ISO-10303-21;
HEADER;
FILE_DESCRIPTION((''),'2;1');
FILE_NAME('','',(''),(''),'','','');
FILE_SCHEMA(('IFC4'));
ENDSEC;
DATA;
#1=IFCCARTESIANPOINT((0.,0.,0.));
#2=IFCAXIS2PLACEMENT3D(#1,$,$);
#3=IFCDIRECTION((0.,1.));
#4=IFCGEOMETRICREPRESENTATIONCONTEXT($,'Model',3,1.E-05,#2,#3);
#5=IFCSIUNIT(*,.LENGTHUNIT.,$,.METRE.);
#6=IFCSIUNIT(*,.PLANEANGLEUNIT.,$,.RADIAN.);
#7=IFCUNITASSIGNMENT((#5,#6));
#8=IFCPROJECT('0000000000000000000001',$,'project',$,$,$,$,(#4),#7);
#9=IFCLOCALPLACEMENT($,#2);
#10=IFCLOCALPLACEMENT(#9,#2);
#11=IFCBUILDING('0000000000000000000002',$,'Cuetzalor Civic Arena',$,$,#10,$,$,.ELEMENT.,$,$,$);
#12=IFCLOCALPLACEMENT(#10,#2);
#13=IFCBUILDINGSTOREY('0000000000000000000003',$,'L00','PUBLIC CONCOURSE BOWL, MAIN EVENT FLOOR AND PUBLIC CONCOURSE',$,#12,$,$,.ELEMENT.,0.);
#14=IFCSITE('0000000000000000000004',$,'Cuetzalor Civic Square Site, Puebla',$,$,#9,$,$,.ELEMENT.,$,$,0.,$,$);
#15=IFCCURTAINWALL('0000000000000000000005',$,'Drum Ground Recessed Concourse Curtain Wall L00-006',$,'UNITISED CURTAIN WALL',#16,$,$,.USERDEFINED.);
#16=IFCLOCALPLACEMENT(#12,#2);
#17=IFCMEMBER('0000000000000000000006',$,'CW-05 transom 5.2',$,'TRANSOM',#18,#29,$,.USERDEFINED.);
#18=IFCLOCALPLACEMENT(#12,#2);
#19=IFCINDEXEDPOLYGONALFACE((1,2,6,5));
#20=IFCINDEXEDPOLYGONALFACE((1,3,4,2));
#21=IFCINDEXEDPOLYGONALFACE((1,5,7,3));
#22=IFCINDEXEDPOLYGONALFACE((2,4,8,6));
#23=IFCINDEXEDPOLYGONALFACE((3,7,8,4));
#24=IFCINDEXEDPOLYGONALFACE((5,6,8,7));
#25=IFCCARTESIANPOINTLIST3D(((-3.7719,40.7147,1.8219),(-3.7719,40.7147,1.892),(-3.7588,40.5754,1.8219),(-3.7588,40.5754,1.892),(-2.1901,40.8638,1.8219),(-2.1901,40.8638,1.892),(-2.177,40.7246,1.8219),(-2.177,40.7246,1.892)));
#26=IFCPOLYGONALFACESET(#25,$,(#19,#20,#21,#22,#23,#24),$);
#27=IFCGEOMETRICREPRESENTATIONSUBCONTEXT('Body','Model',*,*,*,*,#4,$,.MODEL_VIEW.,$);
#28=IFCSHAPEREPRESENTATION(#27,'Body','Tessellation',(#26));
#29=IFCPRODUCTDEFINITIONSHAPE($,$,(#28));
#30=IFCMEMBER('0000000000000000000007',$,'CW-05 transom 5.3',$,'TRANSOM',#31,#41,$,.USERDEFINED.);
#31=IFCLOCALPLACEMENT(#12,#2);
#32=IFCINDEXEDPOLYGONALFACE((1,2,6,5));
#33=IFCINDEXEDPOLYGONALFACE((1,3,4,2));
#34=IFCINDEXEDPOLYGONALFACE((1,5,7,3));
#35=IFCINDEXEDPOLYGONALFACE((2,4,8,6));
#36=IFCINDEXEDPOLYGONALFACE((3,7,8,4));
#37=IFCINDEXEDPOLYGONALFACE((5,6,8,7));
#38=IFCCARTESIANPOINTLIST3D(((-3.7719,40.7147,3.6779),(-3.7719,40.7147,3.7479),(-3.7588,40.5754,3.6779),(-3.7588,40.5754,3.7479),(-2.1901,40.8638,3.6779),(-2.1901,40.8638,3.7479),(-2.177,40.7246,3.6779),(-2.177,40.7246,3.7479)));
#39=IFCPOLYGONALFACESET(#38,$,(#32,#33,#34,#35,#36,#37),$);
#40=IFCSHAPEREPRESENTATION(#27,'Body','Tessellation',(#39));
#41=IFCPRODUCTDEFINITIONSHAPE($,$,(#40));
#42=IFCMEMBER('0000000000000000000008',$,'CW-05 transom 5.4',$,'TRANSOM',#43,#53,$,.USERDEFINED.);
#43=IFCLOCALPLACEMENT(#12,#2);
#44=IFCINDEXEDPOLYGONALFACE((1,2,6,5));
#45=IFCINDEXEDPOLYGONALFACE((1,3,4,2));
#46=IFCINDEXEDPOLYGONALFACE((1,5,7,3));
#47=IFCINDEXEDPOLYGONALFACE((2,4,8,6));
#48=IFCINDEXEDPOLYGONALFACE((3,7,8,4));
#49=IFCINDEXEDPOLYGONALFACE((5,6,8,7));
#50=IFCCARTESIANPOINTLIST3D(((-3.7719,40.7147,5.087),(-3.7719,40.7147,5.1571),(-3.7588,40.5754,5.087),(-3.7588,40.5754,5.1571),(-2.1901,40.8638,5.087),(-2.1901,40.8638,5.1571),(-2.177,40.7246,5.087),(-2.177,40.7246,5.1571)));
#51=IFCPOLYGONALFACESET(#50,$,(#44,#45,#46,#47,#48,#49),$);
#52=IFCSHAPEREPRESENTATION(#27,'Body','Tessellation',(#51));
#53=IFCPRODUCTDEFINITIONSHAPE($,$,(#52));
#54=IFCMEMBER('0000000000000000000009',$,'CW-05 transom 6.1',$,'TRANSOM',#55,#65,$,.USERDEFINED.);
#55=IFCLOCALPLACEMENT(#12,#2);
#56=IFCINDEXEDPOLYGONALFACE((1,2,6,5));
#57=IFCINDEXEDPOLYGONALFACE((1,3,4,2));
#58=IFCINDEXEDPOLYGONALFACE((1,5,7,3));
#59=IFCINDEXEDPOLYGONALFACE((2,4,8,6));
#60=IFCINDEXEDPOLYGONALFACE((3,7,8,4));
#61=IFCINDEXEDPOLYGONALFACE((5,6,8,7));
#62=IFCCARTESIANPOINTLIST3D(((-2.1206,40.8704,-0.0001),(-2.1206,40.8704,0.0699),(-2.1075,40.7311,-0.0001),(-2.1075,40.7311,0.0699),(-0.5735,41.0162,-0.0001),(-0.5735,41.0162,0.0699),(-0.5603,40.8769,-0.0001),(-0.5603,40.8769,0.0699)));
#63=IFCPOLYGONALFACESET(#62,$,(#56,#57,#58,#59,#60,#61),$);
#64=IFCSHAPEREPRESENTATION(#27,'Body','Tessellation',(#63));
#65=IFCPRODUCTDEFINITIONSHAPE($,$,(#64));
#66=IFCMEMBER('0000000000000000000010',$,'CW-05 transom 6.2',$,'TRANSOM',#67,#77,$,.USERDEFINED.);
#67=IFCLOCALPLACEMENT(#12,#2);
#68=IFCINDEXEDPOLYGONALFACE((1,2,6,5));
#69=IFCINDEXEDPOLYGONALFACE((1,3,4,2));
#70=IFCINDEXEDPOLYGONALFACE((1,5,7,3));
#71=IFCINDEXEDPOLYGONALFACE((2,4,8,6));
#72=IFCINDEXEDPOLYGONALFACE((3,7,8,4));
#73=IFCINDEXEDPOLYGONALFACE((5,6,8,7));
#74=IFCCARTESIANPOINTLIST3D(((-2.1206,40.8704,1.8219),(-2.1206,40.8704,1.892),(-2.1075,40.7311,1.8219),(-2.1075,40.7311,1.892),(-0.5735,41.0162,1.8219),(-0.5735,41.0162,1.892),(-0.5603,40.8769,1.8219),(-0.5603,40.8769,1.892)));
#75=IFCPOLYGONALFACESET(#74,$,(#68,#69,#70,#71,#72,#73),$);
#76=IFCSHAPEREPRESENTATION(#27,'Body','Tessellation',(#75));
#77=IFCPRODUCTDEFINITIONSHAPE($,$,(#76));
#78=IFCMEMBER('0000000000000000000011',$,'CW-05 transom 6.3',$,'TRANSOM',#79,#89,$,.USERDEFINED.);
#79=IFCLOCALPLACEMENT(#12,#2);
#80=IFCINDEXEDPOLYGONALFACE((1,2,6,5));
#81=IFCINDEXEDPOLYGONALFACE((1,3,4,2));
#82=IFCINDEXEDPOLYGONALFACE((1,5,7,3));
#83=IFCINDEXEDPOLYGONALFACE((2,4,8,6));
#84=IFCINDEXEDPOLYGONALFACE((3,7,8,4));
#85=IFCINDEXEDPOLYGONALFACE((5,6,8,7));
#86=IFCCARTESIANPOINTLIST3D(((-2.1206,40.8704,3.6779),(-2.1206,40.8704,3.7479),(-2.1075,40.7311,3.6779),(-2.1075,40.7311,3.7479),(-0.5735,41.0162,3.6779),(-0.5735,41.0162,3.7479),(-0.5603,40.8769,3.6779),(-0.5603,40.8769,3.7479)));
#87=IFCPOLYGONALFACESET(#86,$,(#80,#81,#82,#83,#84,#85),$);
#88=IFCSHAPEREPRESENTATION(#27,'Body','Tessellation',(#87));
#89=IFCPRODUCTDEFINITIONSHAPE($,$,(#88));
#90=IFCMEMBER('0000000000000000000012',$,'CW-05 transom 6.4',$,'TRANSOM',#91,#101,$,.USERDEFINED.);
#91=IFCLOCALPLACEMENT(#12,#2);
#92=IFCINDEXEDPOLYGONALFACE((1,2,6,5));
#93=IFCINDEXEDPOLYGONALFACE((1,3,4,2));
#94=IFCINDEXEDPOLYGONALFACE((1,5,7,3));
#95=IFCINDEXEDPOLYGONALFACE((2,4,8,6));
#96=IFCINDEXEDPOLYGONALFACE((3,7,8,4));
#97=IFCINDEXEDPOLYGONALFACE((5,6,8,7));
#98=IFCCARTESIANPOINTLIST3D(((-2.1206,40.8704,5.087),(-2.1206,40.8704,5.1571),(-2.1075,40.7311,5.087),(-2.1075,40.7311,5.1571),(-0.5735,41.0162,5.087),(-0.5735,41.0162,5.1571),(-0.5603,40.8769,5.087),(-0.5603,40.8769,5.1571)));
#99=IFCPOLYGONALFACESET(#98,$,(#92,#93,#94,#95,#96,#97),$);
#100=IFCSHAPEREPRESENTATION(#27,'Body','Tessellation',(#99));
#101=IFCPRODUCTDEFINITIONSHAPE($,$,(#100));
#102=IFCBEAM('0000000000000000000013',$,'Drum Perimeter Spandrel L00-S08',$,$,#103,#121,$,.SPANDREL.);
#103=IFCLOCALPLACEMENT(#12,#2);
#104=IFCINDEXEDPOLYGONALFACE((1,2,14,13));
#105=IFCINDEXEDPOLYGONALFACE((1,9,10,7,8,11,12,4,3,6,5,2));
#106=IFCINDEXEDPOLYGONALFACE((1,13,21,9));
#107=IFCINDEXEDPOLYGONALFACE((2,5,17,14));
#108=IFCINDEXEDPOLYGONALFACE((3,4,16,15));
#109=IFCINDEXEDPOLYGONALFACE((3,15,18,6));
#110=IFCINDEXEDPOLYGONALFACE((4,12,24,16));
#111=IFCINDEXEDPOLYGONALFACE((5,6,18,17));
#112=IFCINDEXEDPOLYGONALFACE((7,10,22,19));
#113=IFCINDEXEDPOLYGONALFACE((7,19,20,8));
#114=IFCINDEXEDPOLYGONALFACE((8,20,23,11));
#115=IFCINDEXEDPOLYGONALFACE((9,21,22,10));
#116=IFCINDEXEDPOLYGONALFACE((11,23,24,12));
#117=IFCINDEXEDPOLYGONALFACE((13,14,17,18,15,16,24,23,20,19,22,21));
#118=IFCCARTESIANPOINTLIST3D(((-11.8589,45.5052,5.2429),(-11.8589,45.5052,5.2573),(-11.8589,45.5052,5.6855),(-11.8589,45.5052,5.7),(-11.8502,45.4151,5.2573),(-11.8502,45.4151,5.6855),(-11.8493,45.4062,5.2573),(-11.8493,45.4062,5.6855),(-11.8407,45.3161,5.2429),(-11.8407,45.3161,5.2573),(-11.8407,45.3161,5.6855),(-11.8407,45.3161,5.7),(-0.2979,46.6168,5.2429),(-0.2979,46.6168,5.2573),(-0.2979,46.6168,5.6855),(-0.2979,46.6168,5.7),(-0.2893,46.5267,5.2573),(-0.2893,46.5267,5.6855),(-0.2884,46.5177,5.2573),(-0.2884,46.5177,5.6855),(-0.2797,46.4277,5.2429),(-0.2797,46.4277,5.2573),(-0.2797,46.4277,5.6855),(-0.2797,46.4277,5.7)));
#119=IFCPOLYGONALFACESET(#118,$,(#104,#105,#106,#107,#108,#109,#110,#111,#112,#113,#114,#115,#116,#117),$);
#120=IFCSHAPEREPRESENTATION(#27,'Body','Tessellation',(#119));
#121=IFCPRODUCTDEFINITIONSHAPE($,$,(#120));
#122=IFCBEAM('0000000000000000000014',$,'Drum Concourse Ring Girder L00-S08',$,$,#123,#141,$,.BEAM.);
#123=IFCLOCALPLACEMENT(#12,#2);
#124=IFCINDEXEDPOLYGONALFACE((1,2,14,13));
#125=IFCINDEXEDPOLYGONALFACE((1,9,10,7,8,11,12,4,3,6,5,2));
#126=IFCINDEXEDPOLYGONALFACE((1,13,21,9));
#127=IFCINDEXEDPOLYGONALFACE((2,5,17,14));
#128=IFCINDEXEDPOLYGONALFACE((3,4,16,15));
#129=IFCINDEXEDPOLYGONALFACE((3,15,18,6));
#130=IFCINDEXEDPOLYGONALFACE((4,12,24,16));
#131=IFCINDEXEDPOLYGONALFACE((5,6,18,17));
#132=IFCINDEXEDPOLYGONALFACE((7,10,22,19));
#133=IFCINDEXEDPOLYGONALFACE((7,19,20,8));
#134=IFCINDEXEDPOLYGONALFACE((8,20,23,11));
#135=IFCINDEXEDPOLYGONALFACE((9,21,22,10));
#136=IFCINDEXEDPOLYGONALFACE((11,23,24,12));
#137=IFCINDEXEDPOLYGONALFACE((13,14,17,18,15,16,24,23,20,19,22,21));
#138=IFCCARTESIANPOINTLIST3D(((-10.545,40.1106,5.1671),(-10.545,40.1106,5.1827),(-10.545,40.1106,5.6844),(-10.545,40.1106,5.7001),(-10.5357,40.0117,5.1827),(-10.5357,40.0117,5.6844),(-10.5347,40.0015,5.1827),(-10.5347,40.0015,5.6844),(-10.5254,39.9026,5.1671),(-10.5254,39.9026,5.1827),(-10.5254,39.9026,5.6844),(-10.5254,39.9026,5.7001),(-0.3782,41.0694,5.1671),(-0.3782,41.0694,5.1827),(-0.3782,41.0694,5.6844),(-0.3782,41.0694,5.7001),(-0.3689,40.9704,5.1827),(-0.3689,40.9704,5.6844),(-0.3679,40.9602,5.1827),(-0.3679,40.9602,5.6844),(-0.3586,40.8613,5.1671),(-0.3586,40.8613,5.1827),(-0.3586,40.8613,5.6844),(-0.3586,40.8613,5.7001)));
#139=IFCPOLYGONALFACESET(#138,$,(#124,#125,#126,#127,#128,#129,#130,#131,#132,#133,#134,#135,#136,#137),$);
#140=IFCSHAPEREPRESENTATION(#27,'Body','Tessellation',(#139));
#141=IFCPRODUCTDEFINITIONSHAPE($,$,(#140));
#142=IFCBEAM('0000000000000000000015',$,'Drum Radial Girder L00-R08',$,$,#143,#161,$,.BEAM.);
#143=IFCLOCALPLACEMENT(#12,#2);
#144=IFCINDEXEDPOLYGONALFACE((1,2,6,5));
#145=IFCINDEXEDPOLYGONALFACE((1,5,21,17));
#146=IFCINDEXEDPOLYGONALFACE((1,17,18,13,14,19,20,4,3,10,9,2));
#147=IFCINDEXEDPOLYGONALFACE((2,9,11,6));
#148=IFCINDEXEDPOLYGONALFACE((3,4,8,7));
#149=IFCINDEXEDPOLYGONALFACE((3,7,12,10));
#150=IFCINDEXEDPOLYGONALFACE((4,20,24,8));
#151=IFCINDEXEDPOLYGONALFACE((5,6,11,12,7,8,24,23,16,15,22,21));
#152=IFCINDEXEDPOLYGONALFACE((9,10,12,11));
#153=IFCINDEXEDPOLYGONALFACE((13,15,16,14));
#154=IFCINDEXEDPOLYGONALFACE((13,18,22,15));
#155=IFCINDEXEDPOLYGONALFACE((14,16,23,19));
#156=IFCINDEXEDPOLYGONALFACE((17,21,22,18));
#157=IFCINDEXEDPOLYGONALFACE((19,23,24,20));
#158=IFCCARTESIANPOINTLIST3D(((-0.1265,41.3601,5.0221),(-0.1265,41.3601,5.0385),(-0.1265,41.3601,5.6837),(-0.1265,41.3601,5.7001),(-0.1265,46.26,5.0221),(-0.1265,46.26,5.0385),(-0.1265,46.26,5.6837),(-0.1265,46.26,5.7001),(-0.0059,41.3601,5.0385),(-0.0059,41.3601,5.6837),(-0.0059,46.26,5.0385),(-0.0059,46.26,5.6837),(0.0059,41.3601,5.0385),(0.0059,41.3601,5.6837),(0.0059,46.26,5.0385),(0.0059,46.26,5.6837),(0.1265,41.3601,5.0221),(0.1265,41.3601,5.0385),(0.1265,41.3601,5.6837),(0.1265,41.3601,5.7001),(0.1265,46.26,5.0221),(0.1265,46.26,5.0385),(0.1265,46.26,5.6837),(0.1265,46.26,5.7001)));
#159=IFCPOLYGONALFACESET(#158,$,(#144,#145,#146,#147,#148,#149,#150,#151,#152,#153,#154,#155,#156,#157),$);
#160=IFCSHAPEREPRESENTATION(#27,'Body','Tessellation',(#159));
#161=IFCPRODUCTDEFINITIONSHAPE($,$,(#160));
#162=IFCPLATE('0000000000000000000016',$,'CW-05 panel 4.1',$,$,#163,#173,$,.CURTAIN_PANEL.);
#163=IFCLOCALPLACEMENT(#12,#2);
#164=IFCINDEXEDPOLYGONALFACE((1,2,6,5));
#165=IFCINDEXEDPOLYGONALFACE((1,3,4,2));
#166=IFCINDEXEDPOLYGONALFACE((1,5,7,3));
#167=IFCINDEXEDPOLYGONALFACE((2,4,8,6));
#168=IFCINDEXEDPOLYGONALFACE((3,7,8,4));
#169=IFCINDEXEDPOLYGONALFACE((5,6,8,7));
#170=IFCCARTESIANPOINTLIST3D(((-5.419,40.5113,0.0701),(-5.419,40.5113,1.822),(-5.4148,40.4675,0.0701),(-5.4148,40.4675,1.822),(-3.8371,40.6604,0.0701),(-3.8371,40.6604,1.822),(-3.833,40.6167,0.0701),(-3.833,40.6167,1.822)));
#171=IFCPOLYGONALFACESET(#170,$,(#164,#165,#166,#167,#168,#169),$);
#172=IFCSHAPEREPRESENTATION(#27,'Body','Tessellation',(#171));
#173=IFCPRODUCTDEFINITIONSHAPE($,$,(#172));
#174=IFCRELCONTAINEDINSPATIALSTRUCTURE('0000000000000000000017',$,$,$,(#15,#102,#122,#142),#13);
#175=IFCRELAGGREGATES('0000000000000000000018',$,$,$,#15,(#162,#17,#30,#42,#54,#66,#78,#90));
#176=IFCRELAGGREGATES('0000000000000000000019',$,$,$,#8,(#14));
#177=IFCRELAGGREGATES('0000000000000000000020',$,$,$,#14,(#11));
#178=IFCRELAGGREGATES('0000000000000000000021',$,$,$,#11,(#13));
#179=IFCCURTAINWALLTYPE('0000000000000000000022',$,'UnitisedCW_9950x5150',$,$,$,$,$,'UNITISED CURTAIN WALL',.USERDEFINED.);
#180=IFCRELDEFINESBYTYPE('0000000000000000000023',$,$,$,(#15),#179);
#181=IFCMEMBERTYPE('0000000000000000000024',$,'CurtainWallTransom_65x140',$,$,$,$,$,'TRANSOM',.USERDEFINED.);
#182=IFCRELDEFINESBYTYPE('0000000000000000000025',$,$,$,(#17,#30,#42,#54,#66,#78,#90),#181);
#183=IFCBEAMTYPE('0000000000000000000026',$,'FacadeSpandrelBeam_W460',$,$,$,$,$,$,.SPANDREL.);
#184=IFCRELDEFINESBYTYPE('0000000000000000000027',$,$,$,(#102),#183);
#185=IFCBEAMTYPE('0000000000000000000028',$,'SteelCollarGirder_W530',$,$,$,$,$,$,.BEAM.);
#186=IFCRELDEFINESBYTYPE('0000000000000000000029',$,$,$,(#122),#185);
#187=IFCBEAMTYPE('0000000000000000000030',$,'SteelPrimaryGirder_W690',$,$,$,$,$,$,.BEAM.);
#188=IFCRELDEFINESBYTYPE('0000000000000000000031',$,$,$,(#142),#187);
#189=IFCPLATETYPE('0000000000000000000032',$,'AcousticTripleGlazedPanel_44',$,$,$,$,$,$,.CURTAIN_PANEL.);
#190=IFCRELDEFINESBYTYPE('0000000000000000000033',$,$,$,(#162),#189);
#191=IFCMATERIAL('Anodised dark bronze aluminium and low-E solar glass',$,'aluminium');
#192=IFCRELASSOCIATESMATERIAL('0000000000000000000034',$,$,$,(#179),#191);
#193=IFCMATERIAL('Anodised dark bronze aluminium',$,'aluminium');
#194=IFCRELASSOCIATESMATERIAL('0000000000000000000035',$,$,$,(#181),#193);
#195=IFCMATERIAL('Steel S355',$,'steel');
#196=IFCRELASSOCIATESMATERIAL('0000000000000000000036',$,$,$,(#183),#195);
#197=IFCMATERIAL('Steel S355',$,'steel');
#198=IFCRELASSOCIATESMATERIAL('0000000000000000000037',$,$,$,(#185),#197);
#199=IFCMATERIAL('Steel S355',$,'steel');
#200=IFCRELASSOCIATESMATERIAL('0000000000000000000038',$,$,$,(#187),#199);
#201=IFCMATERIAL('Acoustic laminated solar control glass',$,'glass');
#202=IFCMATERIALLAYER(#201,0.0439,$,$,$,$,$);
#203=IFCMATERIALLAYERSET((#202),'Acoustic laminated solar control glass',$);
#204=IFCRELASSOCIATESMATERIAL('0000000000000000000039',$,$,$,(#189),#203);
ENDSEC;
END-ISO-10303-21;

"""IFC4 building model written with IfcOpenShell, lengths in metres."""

from ifc_helpers import new_model, si_unit, direction, frame, origin, origin_2d, place, context, subcontext, project, spatial, rectangle, i_section, extrude, material, layer, layer_set, material_profile, profile_set, type_object, element, aggregate, save


model = new_model("IFC4")

# Units and contexts
model_context = context("Model", 3, precision=1e-05, world=origin(), true_north=direction((0.0, 1.0)))
body_context = subcontext(model_context, "Body", "Model", "MODEL_VIEW")
ifc_project = project(units=[si_unit("LENGTHUNIT", "METRE"), si_unit("PLANEANGLEUNIT", "RADIAN")], contexts=[model_context])

# Site, building, storey
site_placement = place(None, origin())
site = spatial("IfcSite", under=ifc_project, at=site_placement, Name="Cuetzalor Civic Square Site, Puebla", CompositionType="ELEMENT", RefElevation=0.0)
building_placement = place(site_placement, origin())
building = spatial("IfcBuilding", under=site, at=building_placement, Name="Cuetzalor Civic Arena", CompositionType="ELEMENT")
storey_placement = place(building_placement, origin())
storey = spatial("IfcBuildingStorey", under=building, at=storey_placement, Name="L00", Description="PUBLIC CONCOURSE BOWL, MAIN EVENT FLOOR AND PUBLIC CONCOURSE", CompositionType="ELEMENT", Elevation=0.0)

# Curtain wall, members
ifc_material_1 = material(Name="Anodised dark bronze aluminium and low-E solar glass", Category="aluminium")
curtain_wall_type = type_object("IfcCurtainWallType", Name="UnitisedCW_9950x5150", ElementType="UNITISED CURTAIN WALL", PredefinedType="USERDEFINED", material=ifc_material_1)
curtain_wall_placement = place(storey_placement, origin())
curtain_wall = element("IfcCurtainWall", 1, at=curtain_wall_placement, inside=storey, type_object=curtain_wall_type, Name="Drum Ground Recessed Concourse Curtain Wall L00-006", ObjectType="UNITISED CURTAIN WALL", PredefinedType="USERDEFINED")
ifc_material_2 = material(Name="Anodised dark bronze aluminium", Category="aluminium")
ifc_material_profile_1 = material_profile(ifc_material_2, rectangle(XDim=0.1399, YDim=0.0701, at=origin_2d()), Name="ALU TRANSOM 70x140")
ifc_profile_set_1 = profile_set([ifc_material_profile_1], Name="Anodised dark bronze aluminium")
member_type_1 = type_object("IfcMemberType", Name="CurtainWallTransom_65x140", ElementType="TRANSOM", PredefinedType="USERDEFINED", material=ifc_profile_set_1)
member_1_placement = place(storey_placement, frame((-3.7654, 40.645, 1.8569), z_axis=(0.995583, 0.093888, 0.0), x_axis=(-0.093888, 0.995583, 0.0)))
member_1 = element("IfcMember", 2, at=member_1_placement, type_object=member_type_1, Name="CW-05 transom 5.2", ObjectType="TRANSOM", PredefinedType="USERDEFINED", context=body_context, shape_type="SweptSolid", body=[
    extrude(rectangle(XDim=0.1399, YDim=0.0701, at=origin_2d()), origin(), (0.0, 0.0, 1.0), 1.5889),
])
member_2_placement = place(storey_placement, frame((-3.7654, 40.645, 3.7129), z_axis=(0.995583, 0.093888, 0.0), x_axis=(-0.093888, 0.995583, 0.0)))
member_2 = element("IfcMember", 3, at=member_2_placement, type_object=member_type_1, Name="CW-05 transom 5.3", ObjectType="TRANSOM", PredefinedType="USERDEFINED", context=body_context, shape_type="SweptSolid", body=[
    extrude(rectangle(XDim=0.1399, YDim=0.0701, at=origin_2d()), origin(), (0.0, 0.0, 1.0), 1.5889),
])
member_3_placement = place(storey_placement, frame((-3.7654, 40.645, 5.1221), z_axis=(0.995583, 0.093888, 0.0), x_axis=(-0.093888, 0.995583, 0.0)))
member_3 = element("IfcMember", 4, at=member_3_placement, type_object=member_type_1, Name="CW-05 transom 5.4", ObjectType="TRANSOM", PredefinedType="USERDEFINED", context=body_context, shape_type="SweptSolid", body=[
    extrude(rectangle(XDim=0.1399, YDim=0.0701, at=origin_2d()), origin(), (0.0, 0.0, 1.0), 1.5889),
])
member_4_placement = place(storey_placement, frame((-2.114, 40.8008, 0.0349), z_axis=(0.995592, 0.093793, 0.0), x_axis=(-0.093793, 0.995592, 0.0)))
member_4 = element("IfcMember", 5, at=member_4_placement, type_object=member_type_1, Name="CW-05 transom 6.1", ObjectType="TRANSOM", PredefinedType="USERDEFINED", context=body_context, shape_type="SweptSolid", body=[
    extrude(rectangle(XDim=0.1399, YDim=0.0701, at=origin_2d()), origin(), (0.0, 0.0, 1.0), 1.554),
])
member_5_placement = place(storey_placement, frame((-2.114, 40.8008, 1.8569), z_axis=(0.995592, 0.093793, 0.0), x_axis=(-0.093793, 0.995592, 0.0)))
member_5 = element("IfcMember", 6, at=member_5_placement, type_object=member_type_1, Name="CW-05 transom 6.2", ObjectType="TRANSOM", PredefinedType="USERDEFINED", context=body_context, shape_type="SweptSolid", body=[
    extrude(rectangle(XDim=0.1399, YDim=0.0701, at=origin_2d()), origin(), (0.0, 0.0, 1.0), 1.554),
])
member_6_placement = place(storey_placement, frame((-2.114, 40.8008, 3.7129), z_axis=(0.995592, 0.093793, 0.0), x_axis=(-0.093793, 0.995592, 0.0)))
member_6 = element("IfcMember", 7, at=member_6_placement, type_object=member_type_1, Name="CW-05 transom 6.3", ObjectType="TRANSOM", PredefinedType="USERDEFINED", context=body_context, shape_type="SweptSolid", body=[
    extrude(rectangle(XDim=0.1399, YDim=0.0701, at=origin_2d()), origin(), (0.0, 0.0, 1.0), 1.554),
])
member_7_placement = place(storey_placement, frame((-2.114, 40.8008, 5.1221), z_axis=(0.995592, 0.093793, 0.0), x_axis=(-0.093793, 0.995592, 0.0)))
member_7 = element("IfcMember", 8, at=member_7_placement, type_object=member_type_1, Name="CW-05 transom 6.4", ObjectType="TRANSOM", PredefinedType="USERDEFINED", context=body_context, shape_type="SweptSolid", body=[
    extrude(rectangle(XDim=0.1399, YDim=0.0701, at=origin_2d()), origin(), (0.0, 0.0, 1.0), 1.554),
])

# Beams
ifc_material_3 = material(Name="Steel S355", Category="steel")
ifc_material_profile_2 = material_profile(ifc_material_3, i_section(OverallWidth=0.1899, OverallDepth=0.457, WebThickness=0.009, FlangeThickness=0.0144, at=origin_2d()), Name="W460x74")
ifc_profile_set_2 = profile_set([ifc_material_profile_2], Name="Steel S355")
beam_type_1 = type_object("IfcBeamType", Name="FacadeSpandrelBeam_W460", PredefinedType="SPANDREL", material=ifc_profile_set_2)
beam_1_placement = place(storey_placement, frame((-0.2888, 46.5222, 5.4714), z_axis=(-0.99541, -0.095707, 0.0), x_axis=(0.095707, -0.99541, 0.0)))
element("IfcBeam", 9, at=beam_1_placement, inside=storey, type_object=beam_type_1, Name="Drum Perimeter Spandrel L00-S08", PredefinedType="SPANDREL", context=body_context, shape_type="SweptSolid", body=[
    extrude(i_section(OverallWidth=0.1899, OverallDepth=0.457, WebThickness=0.009, FlangeThickness=0.0144, at=origin_2d()), origin(), (0.0, 0.0, 1.0), 11.6143),
])
ifc_material_4 = material(Name="Steel S355", Category="steel")
ifc_material_profile_3 = material_profile(ifc_material_4, i_section(OverallWidth=0.209, OverallDepth=0.533, WebThickness=0.0103, FlangeThickness=0.0156, at=origin_2d()), Name="W530x92")
ifc_profile_set_3 = profile_set([ifc_material_profile_3], Name="Steel S355")
beam_type_2 = type_object("IfcBeamType", Name="SteelCollarGirder_W530", PredefinedType="BEAM", material=ifc_profile_set_3)
beam_2_placement = place(storey_placement, frame((-0.3684, 40.9653, 5.4336), z_axis=(-0.995583, -0.093885, 0.0), x_axis=(0.093885, -0.995583, 0.0)))
element("IfcBeam", 10, at=beam_2_placement, inside=storey, type_object=beam_type_2, Name="Drum Concourse Ring Girder L00-S08", PredefinedType="BEAM", context=body_context, shape_type="SweptSolid", body=[
    extrude(i_section(OverallWidth=0.209, OverallDepth=0.533, WebThickness=0.0103, FlangeThickness=0.0156, at=origin_2d()), origin(), (0.0, 0.0, 1.0), 10.2119),
])
ifc_material_5 = material(Name="Steel S355", Category="steel")
ifc_material_profile_4 = material_profile(ifc_material_5, i_section(OverallWidth=0.2529, OverallDepth=0.678, WebThickness=0.0117, FlangeThickness=0.0164, at=origin_2d()), Name="W690x125")
ifc_profile_set_4 = profile_set([ifc_material_profile_4], Name="Steel S355")
beam_type_3 = type_object("IfcBeamType", Name="SteelPrimaryGirder_W690", PredefinedType="BEAM", material=ifc_profile_set_4)
beam_3_placement = place(storey_placement, frame((0.0, 41.3601, 5.3611), z_axis=(0.0, 1.0, 0.0), x_axis=(-1.0, 0.0, 0.0)))
element("IfcBeam", 11, at=beam_3_placement, inside=storey, type_object=beam_type_3, Name="Drum Radial Girder L00-R08", PredefinedType="BEAM", context=body_context, shape_type="SweptSolid", body=[
    extrude(i_section(OverallWidth=0.2529, OverallDepth=0.678, WebThickness=0.0117, FlangeThickness=0.0164, at=origin_2d()), origin(), (0.0, 0.0, 1.0), 4.8999),
])

# Plate
ifc_material_6 = material(Name="Acoustic laminated solar control glass", Category="glass")
ifc_layer = layer(ifc_material_6, 0.0439)
ifc_layer_set = layer_set([ifc_layer], Name="Acoustic laminated solar control glass")
plate_type = type_object("IfcPlateType", Name="AcousticTripleGlazedPanel_44", PredefinedType="CURTAIN_PANEL", material=ifc_layer_set)
plate_1_placement = place(storey_placement, frame((-4.626, 40.564, 0.0701), z_axis=(0.0, 0.0, 1.0), x_axis=(0.995585, 0.093863, 0.0)))
plate_1 = element("IfcPlate", 12, at=plate_1_placement, type_object=plate_type, Name="CW-05 panel 4.1", PredefinedType="CURTAIN_PANEL", context=body_context, shape_type="SweptSolid", body=[
    extrude(rectangle(XDim=1.5889, YDim=0.0439, at=origin_2d()), origin(), (0.0, 0.0, 1.0), 1.752),
])
aggregate(curtain_wall, [plate_1, member_1, member_2, member_3, member_4, member_5, member_6, member_7])

save(model, "model.ifc")
